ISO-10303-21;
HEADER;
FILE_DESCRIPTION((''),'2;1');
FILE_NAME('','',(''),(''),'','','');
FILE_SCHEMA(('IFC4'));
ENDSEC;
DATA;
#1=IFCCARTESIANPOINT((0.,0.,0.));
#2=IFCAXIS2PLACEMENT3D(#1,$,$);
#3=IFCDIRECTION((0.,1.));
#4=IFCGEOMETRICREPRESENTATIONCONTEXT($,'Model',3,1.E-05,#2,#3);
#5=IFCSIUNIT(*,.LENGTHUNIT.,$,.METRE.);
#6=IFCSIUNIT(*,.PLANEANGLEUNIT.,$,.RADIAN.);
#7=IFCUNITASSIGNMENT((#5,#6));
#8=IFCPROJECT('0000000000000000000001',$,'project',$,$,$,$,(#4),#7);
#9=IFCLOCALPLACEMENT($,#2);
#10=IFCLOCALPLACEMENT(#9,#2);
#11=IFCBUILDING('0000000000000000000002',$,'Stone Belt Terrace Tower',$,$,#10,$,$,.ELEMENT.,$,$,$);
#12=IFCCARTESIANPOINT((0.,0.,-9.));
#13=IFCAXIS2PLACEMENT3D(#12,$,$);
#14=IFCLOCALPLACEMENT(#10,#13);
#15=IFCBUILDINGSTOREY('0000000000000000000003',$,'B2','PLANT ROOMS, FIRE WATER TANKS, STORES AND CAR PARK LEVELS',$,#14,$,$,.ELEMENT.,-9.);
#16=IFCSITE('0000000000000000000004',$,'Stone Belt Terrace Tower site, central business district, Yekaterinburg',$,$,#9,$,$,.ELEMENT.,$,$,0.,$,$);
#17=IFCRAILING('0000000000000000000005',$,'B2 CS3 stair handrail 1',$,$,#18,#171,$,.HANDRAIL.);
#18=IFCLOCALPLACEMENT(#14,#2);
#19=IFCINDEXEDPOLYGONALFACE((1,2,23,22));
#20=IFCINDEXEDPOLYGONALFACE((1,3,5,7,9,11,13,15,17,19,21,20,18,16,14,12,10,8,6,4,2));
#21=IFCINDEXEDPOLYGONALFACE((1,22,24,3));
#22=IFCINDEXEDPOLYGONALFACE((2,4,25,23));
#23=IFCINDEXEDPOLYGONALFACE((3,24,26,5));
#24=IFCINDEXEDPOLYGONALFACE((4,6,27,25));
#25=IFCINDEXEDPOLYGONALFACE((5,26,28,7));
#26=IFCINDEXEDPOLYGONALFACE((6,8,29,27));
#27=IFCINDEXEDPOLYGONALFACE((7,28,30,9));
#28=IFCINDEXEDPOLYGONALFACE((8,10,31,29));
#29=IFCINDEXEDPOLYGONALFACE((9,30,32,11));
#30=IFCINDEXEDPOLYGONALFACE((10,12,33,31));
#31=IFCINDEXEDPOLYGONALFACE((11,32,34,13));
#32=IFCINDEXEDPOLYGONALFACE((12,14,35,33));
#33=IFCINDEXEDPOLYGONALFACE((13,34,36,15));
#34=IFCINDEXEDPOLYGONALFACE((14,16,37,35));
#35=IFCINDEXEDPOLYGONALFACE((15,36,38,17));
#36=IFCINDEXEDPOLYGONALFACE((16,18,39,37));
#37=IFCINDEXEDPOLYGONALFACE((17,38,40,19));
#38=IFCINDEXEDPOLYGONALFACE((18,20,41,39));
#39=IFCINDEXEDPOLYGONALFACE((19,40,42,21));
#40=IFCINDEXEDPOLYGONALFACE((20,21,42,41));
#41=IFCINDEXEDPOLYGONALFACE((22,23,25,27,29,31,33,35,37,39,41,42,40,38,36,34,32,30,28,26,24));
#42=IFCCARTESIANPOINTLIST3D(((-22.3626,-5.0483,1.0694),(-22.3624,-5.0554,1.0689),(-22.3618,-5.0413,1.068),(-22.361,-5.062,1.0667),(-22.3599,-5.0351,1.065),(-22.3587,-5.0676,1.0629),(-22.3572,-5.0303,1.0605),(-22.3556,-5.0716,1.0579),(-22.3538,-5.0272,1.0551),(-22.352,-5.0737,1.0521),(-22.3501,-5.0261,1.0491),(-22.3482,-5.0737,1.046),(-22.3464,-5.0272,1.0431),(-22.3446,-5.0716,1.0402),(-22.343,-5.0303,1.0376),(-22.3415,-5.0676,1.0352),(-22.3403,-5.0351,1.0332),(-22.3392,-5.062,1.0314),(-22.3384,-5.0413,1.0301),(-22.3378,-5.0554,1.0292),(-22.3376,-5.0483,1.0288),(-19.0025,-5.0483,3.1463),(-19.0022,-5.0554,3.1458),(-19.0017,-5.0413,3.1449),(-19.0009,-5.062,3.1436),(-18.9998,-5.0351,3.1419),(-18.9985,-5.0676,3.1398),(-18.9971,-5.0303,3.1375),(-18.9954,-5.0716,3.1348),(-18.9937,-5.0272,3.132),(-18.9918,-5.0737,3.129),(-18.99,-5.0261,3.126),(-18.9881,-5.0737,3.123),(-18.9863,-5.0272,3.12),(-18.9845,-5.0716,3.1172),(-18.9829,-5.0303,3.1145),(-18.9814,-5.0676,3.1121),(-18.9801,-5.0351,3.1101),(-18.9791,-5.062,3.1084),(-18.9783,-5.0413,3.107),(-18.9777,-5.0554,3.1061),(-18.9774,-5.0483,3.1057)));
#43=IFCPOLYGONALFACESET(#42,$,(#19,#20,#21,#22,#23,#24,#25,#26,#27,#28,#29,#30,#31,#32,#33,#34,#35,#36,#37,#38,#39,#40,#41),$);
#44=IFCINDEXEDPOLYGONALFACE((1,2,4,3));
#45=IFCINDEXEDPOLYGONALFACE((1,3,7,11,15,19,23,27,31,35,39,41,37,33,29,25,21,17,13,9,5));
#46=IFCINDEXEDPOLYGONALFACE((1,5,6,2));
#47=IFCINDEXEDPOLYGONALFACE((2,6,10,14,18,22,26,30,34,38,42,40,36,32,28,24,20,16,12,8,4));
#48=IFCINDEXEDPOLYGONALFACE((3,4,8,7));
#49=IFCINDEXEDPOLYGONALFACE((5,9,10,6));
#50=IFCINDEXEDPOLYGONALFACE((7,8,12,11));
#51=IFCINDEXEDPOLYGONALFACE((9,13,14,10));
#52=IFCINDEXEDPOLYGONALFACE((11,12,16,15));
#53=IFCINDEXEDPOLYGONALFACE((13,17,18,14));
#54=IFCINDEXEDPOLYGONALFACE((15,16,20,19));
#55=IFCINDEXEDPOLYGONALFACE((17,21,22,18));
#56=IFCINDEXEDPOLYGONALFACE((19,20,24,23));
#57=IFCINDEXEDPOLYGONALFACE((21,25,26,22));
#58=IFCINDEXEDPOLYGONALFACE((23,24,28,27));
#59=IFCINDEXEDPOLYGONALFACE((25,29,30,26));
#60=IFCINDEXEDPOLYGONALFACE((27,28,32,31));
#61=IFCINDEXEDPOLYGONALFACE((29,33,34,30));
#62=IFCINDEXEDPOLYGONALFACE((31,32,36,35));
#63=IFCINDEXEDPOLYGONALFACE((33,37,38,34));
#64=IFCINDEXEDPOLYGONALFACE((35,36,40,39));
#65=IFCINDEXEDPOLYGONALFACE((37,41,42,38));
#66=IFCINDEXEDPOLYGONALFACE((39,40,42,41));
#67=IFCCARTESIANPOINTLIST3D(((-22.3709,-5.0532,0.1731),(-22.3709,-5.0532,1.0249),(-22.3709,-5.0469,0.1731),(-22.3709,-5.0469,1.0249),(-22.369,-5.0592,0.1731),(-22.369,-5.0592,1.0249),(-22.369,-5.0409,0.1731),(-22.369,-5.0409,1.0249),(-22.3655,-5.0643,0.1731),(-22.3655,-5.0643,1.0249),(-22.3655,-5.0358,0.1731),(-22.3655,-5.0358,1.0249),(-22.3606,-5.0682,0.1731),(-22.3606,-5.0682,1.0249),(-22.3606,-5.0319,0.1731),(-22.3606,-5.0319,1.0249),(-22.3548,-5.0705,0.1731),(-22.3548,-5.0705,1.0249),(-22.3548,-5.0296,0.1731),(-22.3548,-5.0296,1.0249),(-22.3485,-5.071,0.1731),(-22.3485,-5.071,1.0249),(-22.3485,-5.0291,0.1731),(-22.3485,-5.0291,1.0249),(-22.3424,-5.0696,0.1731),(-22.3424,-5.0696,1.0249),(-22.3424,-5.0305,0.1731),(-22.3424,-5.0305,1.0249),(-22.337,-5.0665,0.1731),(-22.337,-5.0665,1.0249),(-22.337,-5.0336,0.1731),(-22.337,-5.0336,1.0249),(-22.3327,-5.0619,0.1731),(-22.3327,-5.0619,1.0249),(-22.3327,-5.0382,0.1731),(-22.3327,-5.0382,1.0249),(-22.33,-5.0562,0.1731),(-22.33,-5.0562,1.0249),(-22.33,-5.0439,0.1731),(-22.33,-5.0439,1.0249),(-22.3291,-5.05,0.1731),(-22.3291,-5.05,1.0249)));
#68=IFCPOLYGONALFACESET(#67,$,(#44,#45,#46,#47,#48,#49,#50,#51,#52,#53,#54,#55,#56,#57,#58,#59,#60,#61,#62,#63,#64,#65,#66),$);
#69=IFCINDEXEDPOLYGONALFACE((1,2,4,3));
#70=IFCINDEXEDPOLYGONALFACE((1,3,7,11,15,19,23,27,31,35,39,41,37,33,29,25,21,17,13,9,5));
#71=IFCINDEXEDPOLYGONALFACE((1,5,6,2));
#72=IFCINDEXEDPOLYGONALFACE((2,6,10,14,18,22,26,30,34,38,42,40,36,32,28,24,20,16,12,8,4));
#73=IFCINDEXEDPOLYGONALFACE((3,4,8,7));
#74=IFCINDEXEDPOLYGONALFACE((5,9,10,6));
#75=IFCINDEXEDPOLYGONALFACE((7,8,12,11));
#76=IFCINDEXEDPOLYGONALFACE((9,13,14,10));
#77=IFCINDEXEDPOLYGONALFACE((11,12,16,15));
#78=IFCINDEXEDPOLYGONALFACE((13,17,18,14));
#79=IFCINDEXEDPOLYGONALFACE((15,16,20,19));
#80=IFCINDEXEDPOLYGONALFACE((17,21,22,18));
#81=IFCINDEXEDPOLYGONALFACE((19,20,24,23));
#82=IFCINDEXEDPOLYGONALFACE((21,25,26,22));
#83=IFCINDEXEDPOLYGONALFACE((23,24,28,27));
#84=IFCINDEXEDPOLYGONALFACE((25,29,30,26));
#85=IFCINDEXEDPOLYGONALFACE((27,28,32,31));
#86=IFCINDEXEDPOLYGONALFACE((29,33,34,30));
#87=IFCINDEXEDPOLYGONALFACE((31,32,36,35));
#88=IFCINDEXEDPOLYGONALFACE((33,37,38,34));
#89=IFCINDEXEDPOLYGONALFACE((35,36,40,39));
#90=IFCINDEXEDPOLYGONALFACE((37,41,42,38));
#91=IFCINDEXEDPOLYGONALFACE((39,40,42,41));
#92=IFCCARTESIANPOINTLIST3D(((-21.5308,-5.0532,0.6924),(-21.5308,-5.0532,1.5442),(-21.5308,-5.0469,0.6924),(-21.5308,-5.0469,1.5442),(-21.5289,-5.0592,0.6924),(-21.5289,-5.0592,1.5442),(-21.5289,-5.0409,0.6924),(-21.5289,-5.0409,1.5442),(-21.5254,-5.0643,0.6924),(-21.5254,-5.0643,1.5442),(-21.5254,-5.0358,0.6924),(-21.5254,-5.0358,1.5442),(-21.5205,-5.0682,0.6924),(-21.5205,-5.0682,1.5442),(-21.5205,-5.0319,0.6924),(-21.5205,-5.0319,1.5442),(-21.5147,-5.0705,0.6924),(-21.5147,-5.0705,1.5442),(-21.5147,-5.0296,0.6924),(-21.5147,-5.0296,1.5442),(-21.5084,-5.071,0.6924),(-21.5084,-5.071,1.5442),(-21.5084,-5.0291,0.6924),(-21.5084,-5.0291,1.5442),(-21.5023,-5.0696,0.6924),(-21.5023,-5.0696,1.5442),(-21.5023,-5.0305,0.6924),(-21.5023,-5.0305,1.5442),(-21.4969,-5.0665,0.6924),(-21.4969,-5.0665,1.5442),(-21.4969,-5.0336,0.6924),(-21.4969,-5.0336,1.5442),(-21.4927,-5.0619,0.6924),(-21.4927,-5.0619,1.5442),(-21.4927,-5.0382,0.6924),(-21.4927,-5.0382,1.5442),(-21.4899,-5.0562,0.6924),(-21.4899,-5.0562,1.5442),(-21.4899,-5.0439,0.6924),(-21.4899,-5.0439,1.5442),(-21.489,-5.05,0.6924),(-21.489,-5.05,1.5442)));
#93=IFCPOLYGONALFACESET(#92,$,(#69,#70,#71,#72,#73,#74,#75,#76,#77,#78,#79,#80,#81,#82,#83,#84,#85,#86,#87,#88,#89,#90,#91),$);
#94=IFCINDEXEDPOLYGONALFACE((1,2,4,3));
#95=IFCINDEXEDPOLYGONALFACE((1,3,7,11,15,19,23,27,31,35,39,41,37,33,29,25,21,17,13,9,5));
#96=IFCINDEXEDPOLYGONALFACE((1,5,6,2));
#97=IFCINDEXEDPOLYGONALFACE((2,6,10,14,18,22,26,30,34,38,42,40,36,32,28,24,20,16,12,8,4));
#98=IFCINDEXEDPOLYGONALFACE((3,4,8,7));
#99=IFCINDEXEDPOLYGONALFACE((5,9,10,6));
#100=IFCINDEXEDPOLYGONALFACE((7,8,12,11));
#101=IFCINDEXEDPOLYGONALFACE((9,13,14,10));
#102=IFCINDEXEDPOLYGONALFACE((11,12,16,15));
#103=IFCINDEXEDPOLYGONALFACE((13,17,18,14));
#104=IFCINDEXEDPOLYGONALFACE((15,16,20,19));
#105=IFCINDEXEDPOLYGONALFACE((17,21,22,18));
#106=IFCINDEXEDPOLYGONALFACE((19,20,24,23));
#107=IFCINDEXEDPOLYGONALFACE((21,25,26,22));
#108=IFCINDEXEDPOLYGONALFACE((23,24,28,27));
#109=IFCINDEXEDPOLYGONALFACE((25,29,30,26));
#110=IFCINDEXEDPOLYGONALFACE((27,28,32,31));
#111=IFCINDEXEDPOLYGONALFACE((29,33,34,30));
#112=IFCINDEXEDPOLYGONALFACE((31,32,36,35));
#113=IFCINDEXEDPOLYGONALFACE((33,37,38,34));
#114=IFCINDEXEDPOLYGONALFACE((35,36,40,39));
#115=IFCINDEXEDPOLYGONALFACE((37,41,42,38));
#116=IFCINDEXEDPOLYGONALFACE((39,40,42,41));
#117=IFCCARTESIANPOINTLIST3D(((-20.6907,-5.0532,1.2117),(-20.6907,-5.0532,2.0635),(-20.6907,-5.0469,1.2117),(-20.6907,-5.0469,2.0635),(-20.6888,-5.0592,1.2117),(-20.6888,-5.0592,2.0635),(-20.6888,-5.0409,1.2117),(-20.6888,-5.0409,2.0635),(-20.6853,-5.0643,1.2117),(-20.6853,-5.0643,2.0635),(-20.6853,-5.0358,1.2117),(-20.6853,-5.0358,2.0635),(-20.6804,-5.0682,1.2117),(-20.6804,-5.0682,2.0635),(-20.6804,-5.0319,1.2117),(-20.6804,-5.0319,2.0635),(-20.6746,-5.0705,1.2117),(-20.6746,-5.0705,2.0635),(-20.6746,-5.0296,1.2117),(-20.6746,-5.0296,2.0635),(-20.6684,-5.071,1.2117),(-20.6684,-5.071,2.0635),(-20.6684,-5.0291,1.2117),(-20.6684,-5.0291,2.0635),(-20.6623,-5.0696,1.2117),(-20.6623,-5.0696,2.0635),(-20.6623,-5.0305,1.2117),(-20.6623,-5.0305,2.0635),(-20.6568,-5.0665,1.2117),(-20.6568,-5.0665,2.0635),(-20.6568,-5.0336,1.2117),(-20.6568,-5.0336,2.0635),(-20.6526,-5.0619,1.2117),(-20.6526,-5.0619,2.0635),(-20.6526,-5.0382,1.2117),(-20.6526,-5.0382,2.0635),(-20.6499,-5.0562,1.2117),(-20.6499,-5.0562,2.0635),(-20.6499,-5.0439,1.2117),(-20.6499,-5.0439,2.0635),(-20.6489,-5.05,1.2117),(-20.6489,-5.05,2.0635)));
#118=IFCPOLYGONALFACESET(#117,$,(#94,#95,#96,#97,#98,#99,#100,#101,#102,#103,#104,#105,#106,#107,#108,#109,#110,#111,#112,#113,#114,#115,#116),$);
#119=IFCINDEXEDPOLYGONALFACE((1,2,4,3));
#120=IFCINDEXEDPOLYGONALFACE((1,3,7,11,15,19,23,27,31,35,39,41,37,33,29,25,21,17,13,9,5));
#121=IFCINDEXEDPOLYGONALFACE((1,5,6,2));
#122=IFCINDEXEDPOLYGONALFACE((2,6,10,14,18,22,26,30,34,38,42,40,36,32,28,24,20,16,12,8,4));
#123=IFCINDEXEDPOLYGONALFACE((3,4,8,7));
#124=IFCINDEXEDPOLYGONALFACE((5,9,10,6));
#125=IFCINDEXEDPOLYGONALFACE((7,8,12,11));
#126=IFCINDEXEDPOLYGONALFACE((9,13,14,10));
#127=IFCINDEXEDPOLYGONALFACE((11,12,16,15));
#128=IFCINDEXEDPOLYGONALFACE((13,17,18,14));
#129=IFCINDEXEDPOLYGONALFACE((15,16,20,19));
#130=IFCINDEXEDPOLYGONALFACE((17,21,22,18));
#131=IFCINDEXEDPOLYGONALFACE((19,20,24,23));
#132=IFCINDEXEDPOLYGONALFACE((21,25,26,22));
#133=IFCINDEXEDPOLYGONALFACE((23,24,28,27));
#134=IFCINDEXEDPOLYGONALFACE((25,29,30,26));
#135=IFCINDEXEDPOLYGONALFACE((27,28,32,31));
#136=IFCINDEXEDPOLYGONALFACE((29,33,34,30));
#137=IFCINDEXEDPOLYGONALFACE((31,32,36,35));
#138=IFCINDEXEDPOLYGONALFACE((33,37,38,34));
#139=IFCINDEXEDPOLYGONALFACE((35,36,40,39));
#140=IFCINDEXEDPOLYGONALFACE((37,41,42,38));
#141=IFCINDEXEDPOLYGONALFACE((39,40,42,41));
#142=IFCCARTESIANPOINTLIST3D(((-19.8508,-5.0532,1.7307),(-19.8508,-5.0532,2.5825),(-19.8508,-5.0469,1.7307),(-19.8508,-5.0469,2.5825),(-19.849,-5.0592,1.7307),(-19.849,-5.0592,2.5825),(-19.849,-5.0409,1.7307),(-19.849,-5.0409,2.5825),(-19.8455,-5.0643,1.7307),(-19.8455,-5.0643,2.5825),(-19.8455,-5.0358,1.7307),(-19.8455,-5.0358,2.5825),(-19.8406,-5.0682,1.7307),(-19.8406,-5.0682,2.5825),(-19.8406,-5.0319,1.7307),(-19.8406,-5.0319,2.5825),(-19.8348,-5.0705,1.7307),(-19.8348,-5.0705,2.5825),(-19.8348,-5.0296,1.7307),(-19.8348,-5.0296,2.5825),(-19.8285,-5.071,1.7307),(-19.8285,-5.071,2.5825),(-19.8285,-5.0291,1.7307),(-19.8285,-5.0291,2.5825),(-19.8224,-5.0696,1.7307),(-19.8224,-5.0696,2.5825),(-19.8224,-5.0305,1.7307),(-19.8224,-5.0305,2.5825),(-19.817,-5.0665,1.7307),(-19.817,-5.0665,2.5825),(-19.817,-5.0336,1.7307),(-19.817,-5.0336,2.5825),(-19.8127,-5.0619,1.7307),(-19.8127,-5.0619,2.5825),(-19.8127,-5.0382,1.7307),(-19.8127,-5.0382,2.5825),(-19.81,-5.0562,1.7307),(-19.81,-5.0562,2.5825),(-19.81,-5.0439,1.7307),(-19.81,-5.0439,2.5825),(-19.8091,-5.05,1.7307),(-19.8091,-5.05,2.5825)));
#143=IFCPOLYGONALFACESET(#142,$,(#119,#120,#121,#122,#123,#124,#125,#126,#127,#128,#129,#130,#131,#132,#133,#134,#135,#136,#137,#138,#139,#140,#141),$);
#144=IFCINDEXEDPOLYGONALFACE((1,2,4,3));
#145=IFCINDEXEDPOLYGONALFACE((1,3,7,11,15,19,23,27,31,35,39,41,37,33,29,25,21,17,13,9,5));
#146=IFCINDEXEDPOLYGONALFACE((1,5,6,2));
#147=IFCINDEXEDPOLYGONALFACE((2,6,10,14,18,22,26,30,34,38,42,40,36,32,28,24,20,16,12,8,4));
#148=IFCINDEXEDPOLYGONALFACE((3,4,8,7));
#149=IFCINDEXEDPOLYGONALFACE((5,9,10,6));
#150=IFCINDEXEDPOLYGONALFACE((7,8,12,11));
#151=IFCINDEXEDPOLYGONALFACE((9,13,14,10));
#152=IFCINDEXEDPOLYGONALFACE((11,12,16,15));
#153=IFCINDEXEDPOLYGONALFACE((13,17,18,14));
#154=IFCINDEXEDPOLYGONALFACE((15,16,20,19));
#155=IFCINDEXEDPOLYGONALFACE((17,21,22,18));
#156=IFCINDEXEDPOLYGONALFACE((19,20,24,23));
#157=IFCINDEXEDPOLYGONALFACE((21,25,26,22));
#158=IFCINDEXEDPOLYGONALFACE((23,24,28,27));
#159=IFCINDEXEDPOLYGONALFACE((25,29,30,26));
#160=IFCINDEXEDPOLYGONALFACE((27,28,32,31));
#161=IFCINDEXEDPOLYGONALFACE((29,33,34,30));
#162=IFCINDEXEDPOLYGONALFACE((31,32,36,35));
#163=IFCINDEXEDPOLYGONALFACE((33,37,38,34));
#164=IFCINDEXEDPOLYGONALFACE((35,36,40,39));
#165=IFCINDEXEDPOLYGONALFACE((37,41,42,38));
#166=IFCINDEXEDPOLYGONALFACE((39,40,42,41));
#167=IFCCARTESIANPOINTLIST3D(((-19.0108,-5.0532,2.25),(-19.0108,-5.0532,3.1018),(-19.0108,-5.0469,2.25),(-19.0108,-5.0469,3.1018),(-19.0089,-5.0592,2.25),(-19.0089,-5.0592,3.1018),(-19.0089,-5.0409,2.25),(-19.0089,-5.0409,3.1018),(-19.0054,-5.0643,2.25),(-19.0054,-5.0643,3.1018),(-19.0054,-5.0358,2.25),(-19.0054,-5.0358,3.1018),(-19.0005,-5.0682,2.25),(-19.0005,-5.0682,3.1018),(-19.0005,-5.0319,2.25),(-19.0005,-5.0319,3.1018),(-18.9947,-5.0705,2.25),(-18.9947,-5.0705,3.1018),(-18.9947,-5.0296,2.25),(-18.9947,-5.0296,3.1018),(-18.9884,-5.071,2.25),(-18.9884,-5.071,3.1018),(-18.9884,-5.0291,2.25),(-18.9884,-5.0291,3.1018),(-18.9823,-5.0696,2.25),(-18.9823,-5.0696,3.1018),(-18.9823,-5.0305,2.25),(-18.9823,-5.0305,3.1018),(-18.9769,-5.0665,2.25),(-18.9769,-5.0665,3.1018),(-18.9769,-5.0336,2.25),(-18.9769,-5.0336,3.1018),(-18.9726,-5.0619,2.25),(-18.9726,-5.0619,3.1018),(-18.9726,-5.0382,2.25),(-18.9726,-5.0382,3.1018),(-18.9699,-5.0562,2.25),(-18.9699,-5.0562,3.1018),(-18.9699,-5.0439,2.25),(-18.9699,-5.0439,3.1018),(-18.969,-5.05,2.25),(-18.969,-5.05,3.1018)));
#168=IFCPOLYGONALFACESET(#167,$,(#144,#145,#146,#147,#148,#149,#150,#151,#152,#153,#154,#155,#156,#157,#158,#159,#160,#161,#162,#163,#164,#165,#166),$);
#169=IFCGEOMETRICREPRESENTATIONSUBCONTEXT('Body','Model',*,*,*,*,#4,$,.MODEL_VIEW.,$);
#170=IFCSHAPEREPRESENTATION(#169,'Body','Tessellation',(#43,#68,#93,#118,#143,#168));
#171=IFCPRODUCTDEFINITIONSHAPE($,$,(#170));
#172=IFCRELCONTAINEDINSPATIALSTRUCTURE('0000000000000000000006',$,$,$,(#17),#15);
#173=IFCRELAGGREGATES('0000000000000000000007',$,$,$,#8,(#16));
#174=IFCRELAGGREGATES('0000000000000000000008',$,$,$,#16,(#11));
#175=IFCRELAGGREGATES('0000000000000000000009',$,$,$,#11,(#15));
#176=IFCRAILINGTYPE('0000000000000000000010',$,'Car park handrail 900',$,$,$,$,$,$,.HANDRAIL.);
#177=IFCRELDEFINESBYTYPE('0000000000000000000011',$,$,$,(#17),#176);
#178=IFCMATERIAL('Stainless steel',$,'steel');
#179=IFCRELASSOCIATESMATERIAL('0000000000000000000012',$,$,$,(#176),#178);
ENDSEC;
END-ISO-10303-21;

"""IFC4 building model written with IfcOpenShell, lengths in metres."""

from ifc_helpers import new_model, si_unit, direction, frame, origin, origin_2d, place, context, subcontext, project, spatial, circle, extrude, material, type_object, element, save


model = new_model("IFC4")

# Units and contexts
model_context = context("Model", 3, precision=1e-05, world=origin(), true_north=direction((0.0, 1.0)))
body_context = subcontext(model_context, "Body", "Model", "MODEL_VIEW")
ifc_project = project(units=[si_unit("LENGTHUNIT", "METRE"), si_unit("PLANEANGLEUNIT", "RADIAN")], contexts=[model_context])

# Site, building, storey
site_placement = place(None, origin())
site = spatial("IfcSite", under=ifc_project, at=site_placement, Name="Stone Belt Terrace Tower site, central business district, Yekaterinburg", CompositionType="ELEMENT", RefElevation=0.0)
building_placement = place(site_placement, origin())
building = spatial("IfcBuilding", under=site, at=building_placement, Name="Stone Belt Terrace Tower", CompositionType="ELEMENT")
storey_placement = place(building_placement, frame((0.0, 0.0, -9.0)))
storey = spatial("IfcBuildingStorey", under=building, at=storey_placement, Name="B2", Description="PLANT ROOMS, FIRE WATER TANKS, STORES AND CAR PARK LEVELS", CompositionType="ELEMENT", Elevation=-9.0)

# Railing
ifc_material_1 = material(Name="Stainless steel", Category="steel")
railing_type_1 = type_object("IfcRailingType", Name="Car park handrail 900", PredefinedType="HANDRAIL", material=ifc_material_1)
railing_1_placement = place(storey_placement, frame((-22.3501, -5.05, 0.1731)))
element("IfcRailing", 1, at=railing_1_placement, inside=storey, type_object=railing_type_1, Name="B2 CS3 stair handrail 1", PredefinedType="HANDRAIL", context=body_context, shape_type="SweptSolid", body=[
    extrude(circle(Radius=0.0239, at=origin_2d()), frame((0.0, 0.0, 0.876), z_axis=(0.850623, 0.0, 0.525776), x_axis=(0.0, 1.0, 0.0)), (0.0, 0.0, 1.0), 3.9502),
    extrude(circle(Radius=0.021, at=origin_2d()), origin(), (0.0, 0.0, 1.0), 0.8518),
    extrude(circle(Radius=0.021, at=origin_2d()), frame((0.8401, 0.0, 0.5193)), (0.0, 0.0, 1.0), 0.8518),
    extrude(circle(Radius=0.021, at=origin_2d()), frame((1.6802, 0.0, 1.0386)), (0.0, 0.0, 1.0), 0.8518),
    extrude(circle(Radius=0.021, at=origin_2d()), frame((2.52, 0.0, 1.5576)), (0.0, 0.0, 1.0), 0.8518),
    extrude(circle(Radius=0.021, at=origin_2d()), frame((3.3601, 0.0, 2.0769)), (0.0, 0.0, 1.0), 0.8518),
])

save(model, "model.ifc")
